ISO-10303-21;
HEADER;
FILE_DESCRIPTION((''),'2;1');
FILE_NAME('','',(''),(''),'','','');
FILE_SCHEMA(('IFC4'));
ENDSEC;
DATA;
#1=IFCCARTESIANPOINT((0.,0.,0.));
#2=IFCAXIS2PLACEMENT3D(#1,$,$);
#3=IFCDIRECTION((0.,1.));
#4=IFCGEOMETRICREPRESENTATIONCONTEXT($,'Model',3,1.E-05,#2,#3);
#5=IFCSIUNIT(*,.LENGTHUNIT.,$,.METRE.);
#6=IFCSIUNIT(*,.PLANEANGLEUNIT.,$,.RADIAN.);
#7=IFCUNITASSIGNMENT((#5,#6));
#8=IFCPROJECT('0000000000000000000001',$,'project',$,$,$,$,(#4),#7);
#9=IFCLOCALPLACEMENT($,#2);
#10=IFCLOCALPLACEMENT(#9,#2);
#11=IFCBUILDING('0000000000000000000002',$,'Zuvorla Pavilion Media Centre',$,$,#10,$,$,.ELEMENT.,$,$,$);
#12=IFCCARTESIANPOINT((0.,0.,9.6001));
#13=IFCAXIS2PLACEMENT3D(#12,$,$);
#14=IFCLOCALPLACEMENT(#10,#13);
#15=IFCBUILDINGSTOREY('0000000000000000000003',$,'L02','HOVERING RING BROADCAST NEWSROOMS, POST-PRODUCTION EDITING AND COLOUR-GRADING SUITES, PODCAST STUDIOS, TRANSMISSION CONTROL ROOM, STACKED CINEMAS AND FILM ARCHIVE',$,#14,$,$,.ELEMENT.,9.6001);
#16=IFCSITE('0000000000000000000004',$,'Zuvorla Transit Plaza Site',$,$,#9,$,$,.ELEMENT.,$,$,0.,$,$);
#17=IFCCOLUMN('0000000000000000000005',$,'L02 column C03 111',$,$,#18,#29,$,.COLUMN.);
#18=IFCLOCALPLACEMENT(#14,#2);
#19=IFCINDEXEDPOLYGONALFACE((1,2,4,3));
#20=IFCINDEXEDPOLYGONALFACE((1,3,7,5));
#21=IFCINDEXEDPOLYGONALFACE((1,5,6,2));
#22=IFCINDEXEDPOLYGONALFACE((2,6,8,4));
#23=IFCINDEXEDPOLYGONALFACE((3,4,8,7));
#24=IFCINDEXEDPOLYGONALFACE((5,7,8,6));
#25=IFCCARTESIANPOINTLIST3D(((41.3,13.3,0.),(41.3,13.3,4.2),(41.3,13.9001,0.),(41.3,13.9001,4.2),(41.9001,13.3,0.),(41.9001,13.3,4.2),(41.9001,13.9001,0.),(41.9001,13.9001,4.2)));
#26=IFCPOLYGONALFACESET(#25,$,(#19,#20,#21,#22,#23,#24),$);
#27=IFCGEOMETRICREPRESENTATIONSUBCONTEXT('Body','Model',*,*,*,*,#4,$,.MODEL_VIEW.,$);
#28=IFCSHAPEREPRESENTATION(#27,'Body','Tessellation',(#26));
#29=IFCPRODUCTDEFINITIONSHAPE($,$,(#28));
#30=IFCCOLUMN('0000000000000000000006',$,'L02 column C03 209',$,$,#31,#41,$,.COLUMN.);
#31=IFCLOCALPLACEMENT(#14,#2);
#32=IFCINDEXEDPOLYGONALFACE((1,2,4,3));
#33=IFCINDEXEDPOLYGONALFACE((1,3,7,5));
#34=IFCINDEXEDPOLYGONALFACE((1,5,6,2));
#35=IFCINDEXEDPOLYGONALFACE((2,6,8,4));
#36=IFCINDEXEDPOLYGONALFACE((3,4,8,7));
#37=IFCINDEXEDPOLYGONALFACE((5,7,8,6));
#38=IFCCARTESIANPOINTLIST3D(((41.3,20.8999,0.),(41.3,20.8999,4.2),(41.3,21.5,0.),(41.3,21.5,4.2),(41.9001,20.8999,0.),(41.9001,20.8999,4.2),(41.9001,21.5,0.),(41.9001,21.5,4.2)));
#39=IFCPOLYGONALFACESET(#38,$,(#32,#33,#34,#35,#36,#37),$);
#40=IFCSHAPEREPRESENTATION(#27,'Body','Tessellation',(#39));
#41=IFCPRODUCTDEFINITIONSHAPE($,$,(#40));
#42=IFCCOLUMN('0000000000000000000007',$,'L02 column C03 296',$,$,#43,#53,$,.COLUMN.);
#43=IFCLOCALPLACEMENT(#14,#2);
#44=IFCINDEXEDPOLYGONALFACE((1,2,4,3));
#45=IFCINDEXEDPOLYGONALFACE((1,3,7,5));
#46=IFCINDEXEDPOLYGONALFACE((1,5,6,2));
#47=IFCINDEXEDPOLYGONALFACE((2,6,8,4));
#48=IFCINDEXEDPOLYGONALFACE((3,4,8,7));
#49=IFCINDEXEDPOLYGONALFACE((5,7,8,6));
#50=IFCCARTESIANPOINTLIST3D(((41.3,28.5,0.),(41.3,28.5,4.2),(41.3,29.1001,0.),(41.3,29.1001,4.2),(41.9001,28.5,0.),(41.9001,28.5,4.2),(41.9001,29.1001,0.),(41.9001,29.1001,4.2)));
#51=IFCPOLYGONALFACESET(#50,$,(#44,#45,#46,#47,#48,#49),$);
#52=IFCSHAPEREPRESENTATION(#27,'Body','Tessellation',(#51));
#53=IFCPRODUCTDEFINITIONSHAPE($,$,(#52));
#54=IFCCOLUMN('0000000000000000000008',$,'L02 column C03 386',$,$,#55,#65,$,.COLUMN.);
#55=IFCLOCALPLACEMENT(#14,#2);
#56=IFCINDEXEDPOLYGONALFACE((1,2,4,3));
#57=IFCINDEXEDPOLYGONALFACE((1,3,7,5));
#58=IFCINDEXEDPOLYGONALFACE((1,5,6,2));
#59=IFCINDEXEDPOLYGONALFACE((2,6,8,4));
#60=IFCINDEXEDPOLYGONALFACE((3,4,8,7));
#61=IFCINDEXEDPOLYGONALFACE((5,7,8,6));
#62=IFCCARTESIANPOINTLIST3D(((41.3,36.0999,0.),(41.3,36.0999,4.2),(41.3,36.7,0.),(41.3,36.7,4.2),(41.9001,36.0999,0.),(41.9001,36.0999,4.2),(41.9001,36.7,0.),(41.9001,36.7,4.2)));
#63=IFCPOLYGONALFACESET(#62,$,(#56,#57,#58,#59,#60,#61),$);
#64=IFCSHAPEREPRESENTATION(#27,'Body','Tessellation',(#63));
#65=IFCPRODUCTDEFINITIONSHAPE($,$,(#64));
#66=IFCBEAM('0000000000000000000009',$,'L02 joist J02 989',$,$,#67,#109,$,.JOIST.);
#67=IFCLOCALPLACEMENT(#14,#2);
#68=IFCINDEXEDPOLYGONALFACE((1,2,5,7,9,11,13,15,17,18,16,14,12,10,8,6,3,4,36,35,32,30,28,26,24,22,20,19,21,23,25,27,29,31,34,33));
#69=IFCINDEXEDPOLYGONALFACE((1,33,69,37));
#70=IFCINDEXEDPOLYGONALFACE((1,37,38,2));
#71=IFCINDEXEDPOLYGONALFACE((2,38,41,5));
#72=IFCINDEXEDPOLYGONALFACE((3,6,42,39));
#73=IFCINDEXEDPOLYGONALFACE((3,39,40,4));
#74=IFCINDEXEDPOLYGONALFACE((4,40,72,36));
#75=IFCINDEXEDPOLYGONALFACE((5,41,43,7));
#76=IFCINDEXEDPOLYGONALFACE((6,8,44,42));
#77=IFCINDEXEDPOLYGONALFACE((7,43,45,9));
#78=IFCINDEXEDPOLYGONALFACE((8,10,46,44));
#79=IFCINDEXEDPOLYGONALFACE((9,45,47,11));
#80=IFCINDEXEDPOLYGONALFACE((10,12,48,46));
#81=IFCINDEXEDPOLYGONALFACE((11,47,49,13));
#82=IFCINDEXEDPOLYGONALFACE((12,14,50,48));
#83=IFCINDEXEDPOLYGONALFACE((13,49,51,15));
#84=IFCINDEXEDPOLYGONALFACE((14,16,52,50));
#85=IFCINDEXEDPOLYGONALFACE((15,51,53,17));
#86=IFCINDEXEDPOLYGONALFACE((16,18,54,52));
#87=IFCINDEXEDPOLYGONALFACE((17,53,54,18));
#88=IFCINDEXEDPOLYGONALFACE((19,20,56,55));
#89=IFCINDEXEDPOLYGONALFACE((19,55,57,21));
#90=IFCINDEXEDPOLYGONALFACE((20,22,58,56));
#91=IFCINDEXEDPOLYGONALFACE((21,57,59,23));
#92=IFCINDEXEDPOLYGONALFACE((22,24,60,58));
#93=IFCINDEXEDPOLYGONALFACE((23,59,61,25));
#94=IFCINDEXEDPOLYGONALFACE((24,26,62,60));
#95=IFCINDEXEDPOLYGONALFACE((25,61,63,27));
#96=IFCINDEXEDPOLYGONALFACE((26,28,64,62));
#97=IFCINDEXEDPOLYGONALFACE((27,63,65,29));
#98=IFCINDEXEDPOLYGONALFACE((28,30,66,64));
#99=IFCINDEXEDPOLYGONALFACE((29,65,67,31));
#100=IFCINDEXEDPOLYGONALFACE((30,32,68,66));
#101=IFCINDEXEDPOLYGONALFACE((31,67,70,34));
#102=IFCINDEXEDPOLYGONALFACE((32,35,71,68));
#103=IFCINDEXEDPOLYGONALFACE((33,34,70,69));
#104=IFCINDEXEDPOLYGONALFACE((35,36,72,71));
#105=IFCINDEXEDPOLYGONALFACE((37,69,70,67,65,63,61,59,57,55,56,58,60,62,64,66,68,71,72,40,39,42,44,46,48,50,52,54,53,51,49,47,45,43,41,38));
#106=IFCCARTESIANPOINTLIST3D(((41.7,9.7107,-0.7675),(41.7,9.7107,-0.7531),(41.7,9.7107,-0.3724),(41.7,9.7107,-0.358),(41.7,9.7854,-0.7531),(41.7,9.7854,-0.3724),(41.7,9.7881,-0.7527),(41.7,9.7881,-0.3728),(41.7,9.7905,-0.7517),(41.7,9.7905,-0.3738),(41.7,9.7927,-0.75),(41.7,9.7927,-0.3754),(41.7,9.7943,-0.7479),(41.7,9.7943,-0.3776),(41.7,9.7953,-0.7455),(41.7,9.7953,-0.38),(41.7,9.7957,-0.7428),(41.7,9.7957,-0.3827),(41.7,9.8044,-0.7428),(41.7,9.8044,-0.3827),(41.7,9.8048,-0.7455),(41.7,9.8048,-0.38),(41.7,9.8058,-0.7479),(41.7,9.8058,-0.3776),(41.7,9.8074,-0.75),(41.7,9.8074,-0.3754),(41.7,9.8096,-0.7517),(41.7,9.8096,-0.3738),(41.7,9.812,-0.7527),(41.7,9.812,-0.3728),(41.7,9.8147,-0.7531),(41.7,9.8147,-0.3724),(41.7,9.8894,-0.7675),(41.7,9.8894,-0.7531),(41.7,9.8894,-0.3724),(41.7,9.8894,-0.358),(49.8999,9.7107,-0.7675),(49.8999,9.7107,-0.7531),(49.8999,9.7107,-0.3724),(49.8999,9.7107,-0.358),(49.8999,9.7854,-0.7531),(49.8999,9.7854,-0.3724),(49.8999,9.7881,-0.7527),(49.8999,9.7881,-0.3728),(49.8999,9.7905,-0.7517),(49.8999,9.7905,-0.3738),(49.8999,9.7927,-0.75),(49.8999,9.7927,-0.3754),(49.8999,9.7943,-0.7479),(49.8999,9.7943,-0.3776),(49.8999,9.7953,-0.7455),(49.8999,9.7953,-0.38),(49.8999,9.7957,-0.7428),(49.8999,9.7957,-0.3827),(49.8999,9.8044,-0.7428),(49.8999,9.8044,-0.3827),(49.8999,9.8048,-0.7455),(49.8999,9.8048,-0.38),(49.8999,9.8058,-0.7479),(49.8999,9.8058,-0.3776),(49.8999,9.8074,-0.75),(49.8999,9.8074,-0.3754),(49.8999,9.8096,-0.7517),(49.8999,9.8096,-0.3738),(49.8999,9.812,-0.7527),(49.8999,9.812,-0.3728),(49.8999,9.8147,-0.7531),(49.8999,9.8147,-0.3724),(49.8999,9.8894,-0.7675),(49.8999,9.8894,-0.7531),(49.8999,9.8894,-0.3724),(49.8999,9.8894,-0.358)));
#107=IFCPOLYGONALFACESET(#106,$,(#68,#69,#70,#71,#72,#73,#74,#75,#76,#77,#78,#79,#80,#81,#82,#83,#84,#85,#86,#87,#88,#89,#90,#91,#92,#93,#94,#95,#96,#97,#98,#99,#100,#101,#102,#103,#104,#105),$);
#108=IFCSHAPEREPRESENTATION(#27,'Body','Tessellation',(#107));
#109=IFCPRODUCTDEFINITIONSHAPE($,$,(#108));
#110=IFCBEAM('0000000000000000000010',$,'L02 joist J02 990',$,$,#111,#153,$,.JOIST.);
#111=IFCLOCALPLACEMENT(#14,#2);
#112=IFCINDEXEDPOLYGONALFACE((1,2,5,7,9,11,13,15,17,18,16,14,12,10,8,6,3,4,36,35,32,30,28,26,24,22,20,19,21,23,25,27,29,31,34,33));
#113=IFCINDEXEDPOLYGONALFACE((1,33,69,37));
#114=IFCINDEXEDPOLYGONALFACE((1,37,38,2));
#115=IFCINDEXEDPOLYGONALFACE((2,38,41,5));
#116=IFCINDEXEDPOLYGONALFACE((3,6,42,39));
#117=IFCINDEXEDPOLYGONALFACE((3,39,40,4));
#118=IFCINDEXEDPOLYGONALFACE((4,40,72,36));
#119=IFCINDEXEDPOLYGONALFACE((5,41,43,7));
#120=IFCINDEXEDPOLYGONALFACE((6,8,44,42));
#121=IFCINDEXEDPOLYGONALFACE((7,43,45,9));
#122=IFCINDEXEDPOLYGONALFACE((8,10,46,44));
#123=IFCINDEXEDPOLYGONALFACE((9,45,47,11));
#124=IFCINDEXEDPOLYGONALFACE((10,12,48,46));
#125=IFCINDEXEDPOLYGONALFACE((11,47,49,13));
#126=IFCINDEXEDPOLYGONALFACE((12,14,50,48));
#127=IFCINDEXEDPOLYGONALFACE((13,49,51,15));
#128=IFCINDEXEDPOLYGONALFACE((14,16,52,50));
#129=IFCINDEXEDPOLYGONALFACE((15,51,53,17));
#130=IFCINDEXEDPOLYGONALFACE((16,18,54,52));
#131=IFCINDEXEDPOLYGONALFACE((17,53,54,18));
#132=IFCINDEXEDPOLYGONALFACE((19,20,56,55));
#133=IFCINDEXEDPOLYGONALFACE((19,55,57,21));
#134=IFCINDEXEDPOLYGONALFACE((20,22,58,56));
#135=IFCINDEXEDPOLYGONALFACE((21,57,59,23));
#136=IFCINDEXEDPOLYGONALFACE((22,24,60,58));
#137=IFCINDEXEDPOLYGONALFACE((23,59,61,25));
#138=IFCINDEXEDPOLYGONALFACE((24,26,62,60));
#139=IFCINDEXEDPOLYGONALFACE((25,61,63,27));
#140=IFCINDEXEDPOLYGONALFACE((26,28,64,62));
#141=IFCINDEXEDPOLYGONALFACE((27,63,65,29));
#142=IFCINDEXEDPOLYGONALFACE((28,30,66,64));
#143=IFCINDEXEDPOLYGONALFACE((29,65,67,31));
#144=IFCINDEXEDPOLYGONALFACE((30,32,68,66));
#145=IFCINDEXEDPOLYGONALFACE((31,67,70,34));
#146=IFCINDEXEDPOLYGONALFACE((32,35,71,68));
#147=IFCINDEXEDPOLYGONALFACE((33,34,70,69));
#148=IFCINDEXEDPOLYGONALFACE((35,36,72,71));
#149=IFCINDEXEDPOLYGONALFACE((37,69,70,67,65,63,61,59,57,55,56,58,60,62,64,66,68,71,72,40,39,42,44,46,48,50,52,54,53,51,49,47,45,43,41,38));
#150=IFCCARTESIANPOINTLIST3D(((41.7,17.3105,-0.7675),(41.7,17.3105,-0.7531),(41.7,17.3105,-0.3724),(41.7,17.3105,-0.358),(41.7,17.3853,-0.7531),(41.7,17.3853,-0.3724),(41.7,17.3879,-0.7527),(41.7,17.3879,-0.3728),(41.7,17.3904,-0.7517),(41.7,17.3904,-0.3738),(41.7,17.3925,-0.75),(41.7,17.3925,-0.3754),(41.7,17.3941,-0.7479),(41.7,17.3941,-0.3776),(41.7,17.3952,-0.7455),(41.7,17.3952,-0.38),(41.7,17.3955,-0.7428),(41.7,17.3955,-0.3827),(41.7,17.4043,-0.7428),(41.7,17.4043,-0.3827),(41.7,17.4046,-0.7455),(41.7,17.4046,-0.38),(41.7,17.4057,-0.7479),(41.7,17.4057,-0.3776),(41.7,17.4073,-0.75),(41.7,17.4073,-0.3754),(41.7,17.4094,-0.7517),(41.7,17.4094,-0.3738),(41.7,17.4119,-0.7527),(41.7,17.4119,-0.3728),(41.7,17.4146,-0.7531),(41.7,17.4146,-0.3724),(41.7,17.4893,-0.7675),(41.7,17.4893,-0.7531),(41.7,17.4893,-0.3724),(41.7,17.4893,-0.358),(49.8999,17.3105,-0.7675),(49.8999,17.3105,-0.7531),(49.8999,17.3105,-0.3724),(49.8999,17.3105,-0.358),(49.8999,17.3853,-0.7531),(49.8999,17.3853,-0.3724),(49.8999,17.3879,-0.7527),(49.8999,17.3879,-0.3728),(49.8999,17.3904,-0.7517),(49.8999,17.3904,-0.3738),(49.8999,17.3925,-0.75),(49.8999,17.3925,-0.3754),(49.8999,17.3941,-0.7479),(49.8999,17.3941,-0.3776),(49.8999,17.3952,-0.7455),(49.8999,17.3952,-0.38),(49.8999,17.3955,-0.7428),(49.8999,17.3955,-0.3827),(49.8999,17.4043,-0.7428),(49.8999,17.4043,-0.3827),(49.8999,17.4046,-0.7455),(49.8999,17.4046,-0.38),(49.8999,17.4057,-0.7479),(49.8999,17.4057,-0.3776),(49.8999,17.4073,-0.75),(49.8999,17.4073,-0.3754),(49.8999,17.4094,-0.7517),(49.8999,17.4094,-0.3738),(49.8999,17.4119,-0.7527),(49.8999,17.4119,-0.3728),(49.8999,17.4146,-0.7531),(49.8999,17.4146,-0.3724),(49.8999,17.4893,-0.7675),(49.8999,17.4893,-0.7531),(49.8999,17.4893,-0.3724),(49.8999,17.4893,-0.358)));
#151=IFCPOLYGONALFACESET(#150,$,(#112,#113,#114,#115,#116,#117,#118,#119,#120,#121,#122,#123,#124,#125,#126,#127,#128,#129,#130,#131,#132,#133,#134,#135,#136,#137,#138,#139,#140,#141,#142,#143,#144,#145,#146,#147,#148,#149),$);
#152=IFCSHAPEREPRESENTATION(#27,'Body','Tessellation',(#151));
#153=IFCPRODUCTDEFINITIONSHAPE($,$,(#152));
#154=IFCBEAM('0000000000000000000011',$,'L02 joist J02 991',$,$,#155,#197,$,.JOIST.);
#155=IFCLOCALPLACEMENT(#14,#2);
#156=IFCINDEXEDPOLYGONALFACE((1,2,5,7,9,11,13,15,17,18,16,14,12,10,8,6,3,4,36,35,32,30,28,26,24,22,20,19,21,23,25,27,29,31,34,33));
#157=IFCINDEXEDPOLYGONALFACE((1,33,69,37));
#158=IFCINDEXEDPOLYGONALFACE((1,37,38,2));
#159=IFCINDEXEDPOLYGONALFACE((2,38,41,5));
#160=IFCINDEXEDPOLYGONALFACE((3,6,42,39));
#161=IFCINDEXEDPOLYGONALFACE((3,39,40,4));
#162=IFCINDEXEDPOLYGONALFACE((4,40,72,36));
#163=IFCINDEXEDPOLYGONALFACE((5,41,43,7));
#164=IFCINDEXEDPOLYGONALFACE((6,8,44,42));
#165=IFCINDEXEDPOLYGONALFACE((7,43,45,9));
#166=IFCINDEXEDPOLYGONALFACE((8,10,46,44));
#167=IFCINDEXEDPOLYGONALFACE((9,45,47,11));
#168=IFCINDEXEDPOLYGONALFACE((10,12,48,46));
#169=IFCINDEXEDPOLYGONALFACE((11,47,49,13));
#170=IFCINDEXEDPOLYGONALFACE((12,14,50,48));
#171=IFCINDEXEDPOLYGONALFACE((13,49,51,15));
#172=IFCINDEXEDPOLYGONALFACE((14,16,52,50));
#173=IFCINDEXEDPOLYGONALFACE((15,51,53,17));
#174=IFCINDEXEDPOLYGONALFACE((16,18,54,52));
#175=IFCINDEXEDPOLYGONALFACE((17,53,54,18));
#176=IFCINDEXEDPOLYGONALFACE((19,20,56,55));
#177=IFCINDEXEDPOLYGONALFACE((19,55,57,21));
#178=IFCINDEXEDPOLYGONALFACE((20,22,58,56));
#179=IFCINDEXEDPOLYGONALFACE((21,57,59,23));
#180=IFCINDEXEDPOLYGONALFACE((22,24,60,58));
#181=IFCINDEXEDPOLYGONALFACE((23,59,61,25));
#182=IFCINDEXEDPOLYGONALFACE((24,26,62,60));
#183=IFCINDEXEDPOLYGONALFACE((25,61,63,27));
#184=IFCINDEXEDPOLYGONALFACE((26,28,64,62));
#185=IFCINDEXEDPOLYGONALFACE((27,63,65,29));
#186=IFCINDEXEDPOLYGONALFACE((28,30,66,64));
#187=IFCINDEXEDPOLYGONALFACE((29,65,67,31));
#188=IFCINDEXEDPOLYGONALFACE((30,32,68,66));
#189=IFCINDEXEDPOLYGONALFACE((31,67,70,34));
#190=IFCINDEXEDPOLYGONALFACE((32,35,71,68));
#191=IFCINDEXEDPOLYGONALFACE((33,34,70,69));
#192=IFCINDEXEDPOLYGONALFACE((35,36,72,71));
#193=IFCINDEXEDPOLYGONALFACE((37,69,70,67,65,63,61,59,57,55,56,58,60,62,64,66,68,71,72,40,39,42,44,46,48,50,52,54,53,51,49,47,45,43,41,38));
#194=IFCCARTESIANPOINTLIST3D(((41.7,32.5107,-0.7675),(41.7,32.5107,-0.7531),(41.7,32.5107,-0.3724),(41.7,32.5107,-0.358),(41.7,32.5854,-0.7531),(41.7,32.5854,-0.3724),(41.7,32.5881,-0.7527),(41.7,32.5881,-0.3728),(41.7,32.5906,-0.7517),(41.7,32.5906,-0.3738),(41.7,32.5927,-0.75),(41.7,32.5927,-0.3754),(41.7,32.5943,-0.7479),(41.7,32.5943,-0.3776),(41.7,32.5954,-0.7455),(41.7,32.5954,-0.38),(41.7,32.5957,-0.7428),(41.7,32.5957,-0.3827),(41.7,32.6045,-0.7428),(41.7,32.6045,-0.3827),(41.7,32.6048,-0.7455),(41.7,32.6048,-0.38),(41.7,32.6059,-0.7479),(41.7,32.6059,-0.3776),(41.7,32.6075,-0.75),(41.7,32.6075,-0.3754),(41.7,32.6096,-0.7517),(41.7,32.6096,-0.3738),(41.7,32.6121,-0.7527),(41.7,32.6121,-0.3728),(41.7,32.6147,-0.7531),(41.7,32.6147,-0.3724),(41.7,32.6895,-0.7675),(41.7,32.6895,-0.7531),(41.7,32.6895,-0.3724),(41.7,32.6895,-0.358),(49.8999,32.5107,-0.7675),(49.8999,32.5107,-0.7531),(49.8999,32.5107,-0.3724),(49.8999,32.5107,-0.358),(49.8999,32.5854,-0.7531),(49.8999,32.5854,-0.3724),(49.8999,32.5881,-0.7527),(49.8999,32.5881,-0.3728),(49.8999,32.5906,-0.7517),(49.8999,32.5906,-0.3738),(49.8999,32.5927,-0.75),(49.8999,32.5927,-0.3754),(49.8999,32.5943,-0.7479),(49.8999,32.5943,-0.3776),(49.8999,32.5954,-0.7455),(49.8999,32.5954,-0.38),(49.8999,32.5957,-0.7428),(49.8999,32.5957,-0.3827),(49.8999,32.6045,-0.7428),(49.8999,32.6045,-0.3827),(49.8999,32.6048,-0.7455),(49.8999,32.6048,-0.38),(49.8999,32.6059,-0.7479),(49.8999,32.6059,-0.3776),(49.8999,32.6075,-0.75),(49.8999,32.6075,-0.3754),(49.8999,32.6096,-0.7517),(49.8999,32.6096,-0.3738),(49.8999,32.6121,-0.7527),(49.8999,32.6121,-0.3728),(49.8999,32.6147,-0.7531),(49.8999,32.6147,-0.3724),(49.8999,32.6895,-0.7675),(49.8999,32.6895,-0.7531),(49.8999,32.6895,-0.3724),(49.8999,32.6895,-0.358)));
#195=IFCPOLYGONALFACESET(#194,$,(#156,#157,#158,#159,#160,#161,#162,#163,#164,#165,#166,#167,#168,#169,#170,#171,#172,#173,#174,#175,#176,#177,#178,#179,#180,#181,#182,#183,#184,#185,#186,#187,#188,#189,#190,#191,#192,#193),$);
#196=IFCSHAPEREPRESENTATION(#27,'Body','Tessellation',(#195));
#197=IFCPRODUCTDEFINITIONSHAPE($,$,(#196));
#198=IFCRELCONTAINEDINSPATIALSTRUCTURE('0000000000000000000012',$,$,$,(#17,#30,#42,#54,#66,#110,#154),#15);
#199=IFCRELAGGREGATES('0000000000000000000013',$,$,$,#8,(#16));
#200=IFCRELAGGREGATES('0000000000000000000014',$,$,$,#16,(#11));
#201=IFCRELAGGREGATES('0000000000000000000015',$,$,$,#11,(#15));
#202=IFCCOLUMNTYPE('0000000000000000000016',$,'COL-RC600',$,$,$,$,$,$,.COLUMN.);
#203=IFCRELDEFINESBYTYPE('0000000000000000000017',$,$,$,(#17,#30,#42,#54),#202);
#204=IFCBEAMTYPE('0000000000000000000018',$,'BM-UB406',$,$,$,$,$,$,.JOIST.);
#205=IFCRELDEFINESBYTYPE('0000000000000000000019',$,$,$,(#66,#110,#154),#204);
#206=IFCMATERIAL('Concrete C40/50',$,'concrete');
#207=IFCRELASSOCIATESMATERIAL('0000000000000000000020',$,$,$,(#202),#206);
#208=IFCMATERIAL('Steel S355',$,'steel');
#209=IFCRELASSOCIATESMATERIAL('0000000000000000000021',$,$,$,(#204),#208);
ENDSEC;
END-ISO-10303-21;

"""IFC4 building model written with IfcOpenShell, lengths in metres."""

from ifc_helpers import new_model, si_unit, direction, frame, origin, origin_2d, place, context, subcontext, project, spatial, rectangle, i_section, extrude, material, material_profile, profile_set, type_object, element, save


model = new_model("IFC4")

# Units and contexts
model_context = context("Model", 3, precision=1e-05, world=origin(), true_north=direction((0.0, 1.0)))
body_context = subcontext(model_context, "Body", "Model", "MODEL_VIEW")
ifc_project = project(units=[si_unit("LENGTHUNIT", "METRE"), si_unit("PLANEANGLEUNIT", "RADIAN")], contexts=[model_context])

# Site, building, storey
site_placement = place(None, origin())
site = spatial("IfcSite", under=ifc_project, at=site_placement, Name="Zuvorla Transit Plaza Site", CompositionType="ELEMENT", RefElevation=0.0)
building_placement = place(site_placement, origin())
building = spatial("IfcBuilding", under=site, at=building_placement, Name="Zuvorla Pavilion Media Centre", CompositionType="ELEMENT")
storey_placement = place(building_placement, frame((0.0, 0.0, 9.6001)))
storey = spatial("IfcBuildingStorey", under=building, at=storey_placement, Name="L02", Description="HOVERING RING BROADCAST NEWSROOMS, POST-PRODUCTION EDITING AND COLOUR-GRADING SUITES, PODCAST STUDIOS, TRANSMISSION CONTROL ROOM, STACKED CINEMAS AND FILM ARCHIVE", CompositionType="ELEMENT", Elevation=9.6001)

# Columns
ifc_material_1 = material(Name="Concrete C40/50", Category="concrete")
ifc_material_profile_1 = material_profile(ifc_material_1, rectangle(XDim=0.6001, YDim=0.6001, at=origin_2d()), Name="RC 600x600")
ifc_profile_set_1 = profile_set([ifc_material_profile_1], Name="Concrete C40/50")
column_type = type_object("IfcColumnType", Name="COL-RC600", PredefinedType="COLUMN", material=ifc_profile_set_1)
for number, where, z_axis, x_axis, name in (
    (1, (41.6001, 13.6001, 0.0), (0.0, 0.0, 1.0), (1.0, 0.0, 0.0), "L02 column C03 111"),
    (2, (41.6001, 21.2, 0.0), (0.0, 0.0, 1.0), (1.0, 0.0, 0.0), "L02 column C03 209"),
    (3, (41.6001, 28.8, 0.0), (0.0, 0.0, 1.0), (1.0, 0.0, 0.0), "L02 column C03 296"),
    (4, (41.6001, 36.3999, 0.0), (0.0, 0.0, 1.0), (1.0, 0.0, 0.0), "L02 column C03 386"),
):
    element("IfcColumn", number, at=place(storey_placement, frame(where, z_axis=z_axis, x_axis=x_axis)), inside=storey, type_object=column_type, Name=name, PredefinedType="COLUMN", context=body_context, shape_type="SweptSolid", body=[
        extrude(rectangle(XDim=0.6001, YDim=0.6001, at=origin_2d()), origin(), (0.0, 0.0, 1.0), 4.2),
    ])

# Beams
ifc_material_2 = material(Name="Steel S355", Category="steel")
ifc_material_profile_2 = material_profile(ifc_material_2, i_section(OverallWidth=0.1787, OverallDepth=0.4094, WebThickness=0.0088, FlangeThickness=0.0144, FilletRadius=0.0103, at=origin_2d()), Name="UB 406x178x67")
ifc_profile_set_2 = profile_set([ifc_material_profile_2], Name="Steel S355")
beam_type_1 = type_object("IfcBeamType", Name="BM-UB406", PredefinedType="JOIST", material=ifc_profile_set_2)
for number, where, z_axis, x_axis, name in (
    (5, (41.7, 9.8, -0.5627), (1.0, 0.0, 0.0), (0.0, 1.0, 0.0), "L02 joist J02 989"),
    (6, (41.7, 17.3999, -0.5627), (1.0, 0.0, 0.0), (0.0, 1.0, 0.0), "L02 joist J02 990"),
    (7, (41.7, 32.6001, -0.5627), (1.0, 0.0, 0.0), (0.0, 1.0, 0.0), "L02 joist J02 991"),
):
    element("IfcBeam", number, at=place(storey_placement, frame(where, z_axis=z_axis, x_axis=x_axis)), inside=storey, type_object=beam_type_1, Name=name, PredefinedType="JOIST", context=body_context, shape_type="SweptSolid", body=[
        extrude(i_section(OverallWidth=0.1787, OverallDepth=0.4094, WebThickness=0.0088, FlangeThickness=0.0144, FilletRadius=0.0103, at=origin_2d()), origin(), (0.0, 0.0, 1.0), 8.2),
    ])

save(model, "model.ifc")
